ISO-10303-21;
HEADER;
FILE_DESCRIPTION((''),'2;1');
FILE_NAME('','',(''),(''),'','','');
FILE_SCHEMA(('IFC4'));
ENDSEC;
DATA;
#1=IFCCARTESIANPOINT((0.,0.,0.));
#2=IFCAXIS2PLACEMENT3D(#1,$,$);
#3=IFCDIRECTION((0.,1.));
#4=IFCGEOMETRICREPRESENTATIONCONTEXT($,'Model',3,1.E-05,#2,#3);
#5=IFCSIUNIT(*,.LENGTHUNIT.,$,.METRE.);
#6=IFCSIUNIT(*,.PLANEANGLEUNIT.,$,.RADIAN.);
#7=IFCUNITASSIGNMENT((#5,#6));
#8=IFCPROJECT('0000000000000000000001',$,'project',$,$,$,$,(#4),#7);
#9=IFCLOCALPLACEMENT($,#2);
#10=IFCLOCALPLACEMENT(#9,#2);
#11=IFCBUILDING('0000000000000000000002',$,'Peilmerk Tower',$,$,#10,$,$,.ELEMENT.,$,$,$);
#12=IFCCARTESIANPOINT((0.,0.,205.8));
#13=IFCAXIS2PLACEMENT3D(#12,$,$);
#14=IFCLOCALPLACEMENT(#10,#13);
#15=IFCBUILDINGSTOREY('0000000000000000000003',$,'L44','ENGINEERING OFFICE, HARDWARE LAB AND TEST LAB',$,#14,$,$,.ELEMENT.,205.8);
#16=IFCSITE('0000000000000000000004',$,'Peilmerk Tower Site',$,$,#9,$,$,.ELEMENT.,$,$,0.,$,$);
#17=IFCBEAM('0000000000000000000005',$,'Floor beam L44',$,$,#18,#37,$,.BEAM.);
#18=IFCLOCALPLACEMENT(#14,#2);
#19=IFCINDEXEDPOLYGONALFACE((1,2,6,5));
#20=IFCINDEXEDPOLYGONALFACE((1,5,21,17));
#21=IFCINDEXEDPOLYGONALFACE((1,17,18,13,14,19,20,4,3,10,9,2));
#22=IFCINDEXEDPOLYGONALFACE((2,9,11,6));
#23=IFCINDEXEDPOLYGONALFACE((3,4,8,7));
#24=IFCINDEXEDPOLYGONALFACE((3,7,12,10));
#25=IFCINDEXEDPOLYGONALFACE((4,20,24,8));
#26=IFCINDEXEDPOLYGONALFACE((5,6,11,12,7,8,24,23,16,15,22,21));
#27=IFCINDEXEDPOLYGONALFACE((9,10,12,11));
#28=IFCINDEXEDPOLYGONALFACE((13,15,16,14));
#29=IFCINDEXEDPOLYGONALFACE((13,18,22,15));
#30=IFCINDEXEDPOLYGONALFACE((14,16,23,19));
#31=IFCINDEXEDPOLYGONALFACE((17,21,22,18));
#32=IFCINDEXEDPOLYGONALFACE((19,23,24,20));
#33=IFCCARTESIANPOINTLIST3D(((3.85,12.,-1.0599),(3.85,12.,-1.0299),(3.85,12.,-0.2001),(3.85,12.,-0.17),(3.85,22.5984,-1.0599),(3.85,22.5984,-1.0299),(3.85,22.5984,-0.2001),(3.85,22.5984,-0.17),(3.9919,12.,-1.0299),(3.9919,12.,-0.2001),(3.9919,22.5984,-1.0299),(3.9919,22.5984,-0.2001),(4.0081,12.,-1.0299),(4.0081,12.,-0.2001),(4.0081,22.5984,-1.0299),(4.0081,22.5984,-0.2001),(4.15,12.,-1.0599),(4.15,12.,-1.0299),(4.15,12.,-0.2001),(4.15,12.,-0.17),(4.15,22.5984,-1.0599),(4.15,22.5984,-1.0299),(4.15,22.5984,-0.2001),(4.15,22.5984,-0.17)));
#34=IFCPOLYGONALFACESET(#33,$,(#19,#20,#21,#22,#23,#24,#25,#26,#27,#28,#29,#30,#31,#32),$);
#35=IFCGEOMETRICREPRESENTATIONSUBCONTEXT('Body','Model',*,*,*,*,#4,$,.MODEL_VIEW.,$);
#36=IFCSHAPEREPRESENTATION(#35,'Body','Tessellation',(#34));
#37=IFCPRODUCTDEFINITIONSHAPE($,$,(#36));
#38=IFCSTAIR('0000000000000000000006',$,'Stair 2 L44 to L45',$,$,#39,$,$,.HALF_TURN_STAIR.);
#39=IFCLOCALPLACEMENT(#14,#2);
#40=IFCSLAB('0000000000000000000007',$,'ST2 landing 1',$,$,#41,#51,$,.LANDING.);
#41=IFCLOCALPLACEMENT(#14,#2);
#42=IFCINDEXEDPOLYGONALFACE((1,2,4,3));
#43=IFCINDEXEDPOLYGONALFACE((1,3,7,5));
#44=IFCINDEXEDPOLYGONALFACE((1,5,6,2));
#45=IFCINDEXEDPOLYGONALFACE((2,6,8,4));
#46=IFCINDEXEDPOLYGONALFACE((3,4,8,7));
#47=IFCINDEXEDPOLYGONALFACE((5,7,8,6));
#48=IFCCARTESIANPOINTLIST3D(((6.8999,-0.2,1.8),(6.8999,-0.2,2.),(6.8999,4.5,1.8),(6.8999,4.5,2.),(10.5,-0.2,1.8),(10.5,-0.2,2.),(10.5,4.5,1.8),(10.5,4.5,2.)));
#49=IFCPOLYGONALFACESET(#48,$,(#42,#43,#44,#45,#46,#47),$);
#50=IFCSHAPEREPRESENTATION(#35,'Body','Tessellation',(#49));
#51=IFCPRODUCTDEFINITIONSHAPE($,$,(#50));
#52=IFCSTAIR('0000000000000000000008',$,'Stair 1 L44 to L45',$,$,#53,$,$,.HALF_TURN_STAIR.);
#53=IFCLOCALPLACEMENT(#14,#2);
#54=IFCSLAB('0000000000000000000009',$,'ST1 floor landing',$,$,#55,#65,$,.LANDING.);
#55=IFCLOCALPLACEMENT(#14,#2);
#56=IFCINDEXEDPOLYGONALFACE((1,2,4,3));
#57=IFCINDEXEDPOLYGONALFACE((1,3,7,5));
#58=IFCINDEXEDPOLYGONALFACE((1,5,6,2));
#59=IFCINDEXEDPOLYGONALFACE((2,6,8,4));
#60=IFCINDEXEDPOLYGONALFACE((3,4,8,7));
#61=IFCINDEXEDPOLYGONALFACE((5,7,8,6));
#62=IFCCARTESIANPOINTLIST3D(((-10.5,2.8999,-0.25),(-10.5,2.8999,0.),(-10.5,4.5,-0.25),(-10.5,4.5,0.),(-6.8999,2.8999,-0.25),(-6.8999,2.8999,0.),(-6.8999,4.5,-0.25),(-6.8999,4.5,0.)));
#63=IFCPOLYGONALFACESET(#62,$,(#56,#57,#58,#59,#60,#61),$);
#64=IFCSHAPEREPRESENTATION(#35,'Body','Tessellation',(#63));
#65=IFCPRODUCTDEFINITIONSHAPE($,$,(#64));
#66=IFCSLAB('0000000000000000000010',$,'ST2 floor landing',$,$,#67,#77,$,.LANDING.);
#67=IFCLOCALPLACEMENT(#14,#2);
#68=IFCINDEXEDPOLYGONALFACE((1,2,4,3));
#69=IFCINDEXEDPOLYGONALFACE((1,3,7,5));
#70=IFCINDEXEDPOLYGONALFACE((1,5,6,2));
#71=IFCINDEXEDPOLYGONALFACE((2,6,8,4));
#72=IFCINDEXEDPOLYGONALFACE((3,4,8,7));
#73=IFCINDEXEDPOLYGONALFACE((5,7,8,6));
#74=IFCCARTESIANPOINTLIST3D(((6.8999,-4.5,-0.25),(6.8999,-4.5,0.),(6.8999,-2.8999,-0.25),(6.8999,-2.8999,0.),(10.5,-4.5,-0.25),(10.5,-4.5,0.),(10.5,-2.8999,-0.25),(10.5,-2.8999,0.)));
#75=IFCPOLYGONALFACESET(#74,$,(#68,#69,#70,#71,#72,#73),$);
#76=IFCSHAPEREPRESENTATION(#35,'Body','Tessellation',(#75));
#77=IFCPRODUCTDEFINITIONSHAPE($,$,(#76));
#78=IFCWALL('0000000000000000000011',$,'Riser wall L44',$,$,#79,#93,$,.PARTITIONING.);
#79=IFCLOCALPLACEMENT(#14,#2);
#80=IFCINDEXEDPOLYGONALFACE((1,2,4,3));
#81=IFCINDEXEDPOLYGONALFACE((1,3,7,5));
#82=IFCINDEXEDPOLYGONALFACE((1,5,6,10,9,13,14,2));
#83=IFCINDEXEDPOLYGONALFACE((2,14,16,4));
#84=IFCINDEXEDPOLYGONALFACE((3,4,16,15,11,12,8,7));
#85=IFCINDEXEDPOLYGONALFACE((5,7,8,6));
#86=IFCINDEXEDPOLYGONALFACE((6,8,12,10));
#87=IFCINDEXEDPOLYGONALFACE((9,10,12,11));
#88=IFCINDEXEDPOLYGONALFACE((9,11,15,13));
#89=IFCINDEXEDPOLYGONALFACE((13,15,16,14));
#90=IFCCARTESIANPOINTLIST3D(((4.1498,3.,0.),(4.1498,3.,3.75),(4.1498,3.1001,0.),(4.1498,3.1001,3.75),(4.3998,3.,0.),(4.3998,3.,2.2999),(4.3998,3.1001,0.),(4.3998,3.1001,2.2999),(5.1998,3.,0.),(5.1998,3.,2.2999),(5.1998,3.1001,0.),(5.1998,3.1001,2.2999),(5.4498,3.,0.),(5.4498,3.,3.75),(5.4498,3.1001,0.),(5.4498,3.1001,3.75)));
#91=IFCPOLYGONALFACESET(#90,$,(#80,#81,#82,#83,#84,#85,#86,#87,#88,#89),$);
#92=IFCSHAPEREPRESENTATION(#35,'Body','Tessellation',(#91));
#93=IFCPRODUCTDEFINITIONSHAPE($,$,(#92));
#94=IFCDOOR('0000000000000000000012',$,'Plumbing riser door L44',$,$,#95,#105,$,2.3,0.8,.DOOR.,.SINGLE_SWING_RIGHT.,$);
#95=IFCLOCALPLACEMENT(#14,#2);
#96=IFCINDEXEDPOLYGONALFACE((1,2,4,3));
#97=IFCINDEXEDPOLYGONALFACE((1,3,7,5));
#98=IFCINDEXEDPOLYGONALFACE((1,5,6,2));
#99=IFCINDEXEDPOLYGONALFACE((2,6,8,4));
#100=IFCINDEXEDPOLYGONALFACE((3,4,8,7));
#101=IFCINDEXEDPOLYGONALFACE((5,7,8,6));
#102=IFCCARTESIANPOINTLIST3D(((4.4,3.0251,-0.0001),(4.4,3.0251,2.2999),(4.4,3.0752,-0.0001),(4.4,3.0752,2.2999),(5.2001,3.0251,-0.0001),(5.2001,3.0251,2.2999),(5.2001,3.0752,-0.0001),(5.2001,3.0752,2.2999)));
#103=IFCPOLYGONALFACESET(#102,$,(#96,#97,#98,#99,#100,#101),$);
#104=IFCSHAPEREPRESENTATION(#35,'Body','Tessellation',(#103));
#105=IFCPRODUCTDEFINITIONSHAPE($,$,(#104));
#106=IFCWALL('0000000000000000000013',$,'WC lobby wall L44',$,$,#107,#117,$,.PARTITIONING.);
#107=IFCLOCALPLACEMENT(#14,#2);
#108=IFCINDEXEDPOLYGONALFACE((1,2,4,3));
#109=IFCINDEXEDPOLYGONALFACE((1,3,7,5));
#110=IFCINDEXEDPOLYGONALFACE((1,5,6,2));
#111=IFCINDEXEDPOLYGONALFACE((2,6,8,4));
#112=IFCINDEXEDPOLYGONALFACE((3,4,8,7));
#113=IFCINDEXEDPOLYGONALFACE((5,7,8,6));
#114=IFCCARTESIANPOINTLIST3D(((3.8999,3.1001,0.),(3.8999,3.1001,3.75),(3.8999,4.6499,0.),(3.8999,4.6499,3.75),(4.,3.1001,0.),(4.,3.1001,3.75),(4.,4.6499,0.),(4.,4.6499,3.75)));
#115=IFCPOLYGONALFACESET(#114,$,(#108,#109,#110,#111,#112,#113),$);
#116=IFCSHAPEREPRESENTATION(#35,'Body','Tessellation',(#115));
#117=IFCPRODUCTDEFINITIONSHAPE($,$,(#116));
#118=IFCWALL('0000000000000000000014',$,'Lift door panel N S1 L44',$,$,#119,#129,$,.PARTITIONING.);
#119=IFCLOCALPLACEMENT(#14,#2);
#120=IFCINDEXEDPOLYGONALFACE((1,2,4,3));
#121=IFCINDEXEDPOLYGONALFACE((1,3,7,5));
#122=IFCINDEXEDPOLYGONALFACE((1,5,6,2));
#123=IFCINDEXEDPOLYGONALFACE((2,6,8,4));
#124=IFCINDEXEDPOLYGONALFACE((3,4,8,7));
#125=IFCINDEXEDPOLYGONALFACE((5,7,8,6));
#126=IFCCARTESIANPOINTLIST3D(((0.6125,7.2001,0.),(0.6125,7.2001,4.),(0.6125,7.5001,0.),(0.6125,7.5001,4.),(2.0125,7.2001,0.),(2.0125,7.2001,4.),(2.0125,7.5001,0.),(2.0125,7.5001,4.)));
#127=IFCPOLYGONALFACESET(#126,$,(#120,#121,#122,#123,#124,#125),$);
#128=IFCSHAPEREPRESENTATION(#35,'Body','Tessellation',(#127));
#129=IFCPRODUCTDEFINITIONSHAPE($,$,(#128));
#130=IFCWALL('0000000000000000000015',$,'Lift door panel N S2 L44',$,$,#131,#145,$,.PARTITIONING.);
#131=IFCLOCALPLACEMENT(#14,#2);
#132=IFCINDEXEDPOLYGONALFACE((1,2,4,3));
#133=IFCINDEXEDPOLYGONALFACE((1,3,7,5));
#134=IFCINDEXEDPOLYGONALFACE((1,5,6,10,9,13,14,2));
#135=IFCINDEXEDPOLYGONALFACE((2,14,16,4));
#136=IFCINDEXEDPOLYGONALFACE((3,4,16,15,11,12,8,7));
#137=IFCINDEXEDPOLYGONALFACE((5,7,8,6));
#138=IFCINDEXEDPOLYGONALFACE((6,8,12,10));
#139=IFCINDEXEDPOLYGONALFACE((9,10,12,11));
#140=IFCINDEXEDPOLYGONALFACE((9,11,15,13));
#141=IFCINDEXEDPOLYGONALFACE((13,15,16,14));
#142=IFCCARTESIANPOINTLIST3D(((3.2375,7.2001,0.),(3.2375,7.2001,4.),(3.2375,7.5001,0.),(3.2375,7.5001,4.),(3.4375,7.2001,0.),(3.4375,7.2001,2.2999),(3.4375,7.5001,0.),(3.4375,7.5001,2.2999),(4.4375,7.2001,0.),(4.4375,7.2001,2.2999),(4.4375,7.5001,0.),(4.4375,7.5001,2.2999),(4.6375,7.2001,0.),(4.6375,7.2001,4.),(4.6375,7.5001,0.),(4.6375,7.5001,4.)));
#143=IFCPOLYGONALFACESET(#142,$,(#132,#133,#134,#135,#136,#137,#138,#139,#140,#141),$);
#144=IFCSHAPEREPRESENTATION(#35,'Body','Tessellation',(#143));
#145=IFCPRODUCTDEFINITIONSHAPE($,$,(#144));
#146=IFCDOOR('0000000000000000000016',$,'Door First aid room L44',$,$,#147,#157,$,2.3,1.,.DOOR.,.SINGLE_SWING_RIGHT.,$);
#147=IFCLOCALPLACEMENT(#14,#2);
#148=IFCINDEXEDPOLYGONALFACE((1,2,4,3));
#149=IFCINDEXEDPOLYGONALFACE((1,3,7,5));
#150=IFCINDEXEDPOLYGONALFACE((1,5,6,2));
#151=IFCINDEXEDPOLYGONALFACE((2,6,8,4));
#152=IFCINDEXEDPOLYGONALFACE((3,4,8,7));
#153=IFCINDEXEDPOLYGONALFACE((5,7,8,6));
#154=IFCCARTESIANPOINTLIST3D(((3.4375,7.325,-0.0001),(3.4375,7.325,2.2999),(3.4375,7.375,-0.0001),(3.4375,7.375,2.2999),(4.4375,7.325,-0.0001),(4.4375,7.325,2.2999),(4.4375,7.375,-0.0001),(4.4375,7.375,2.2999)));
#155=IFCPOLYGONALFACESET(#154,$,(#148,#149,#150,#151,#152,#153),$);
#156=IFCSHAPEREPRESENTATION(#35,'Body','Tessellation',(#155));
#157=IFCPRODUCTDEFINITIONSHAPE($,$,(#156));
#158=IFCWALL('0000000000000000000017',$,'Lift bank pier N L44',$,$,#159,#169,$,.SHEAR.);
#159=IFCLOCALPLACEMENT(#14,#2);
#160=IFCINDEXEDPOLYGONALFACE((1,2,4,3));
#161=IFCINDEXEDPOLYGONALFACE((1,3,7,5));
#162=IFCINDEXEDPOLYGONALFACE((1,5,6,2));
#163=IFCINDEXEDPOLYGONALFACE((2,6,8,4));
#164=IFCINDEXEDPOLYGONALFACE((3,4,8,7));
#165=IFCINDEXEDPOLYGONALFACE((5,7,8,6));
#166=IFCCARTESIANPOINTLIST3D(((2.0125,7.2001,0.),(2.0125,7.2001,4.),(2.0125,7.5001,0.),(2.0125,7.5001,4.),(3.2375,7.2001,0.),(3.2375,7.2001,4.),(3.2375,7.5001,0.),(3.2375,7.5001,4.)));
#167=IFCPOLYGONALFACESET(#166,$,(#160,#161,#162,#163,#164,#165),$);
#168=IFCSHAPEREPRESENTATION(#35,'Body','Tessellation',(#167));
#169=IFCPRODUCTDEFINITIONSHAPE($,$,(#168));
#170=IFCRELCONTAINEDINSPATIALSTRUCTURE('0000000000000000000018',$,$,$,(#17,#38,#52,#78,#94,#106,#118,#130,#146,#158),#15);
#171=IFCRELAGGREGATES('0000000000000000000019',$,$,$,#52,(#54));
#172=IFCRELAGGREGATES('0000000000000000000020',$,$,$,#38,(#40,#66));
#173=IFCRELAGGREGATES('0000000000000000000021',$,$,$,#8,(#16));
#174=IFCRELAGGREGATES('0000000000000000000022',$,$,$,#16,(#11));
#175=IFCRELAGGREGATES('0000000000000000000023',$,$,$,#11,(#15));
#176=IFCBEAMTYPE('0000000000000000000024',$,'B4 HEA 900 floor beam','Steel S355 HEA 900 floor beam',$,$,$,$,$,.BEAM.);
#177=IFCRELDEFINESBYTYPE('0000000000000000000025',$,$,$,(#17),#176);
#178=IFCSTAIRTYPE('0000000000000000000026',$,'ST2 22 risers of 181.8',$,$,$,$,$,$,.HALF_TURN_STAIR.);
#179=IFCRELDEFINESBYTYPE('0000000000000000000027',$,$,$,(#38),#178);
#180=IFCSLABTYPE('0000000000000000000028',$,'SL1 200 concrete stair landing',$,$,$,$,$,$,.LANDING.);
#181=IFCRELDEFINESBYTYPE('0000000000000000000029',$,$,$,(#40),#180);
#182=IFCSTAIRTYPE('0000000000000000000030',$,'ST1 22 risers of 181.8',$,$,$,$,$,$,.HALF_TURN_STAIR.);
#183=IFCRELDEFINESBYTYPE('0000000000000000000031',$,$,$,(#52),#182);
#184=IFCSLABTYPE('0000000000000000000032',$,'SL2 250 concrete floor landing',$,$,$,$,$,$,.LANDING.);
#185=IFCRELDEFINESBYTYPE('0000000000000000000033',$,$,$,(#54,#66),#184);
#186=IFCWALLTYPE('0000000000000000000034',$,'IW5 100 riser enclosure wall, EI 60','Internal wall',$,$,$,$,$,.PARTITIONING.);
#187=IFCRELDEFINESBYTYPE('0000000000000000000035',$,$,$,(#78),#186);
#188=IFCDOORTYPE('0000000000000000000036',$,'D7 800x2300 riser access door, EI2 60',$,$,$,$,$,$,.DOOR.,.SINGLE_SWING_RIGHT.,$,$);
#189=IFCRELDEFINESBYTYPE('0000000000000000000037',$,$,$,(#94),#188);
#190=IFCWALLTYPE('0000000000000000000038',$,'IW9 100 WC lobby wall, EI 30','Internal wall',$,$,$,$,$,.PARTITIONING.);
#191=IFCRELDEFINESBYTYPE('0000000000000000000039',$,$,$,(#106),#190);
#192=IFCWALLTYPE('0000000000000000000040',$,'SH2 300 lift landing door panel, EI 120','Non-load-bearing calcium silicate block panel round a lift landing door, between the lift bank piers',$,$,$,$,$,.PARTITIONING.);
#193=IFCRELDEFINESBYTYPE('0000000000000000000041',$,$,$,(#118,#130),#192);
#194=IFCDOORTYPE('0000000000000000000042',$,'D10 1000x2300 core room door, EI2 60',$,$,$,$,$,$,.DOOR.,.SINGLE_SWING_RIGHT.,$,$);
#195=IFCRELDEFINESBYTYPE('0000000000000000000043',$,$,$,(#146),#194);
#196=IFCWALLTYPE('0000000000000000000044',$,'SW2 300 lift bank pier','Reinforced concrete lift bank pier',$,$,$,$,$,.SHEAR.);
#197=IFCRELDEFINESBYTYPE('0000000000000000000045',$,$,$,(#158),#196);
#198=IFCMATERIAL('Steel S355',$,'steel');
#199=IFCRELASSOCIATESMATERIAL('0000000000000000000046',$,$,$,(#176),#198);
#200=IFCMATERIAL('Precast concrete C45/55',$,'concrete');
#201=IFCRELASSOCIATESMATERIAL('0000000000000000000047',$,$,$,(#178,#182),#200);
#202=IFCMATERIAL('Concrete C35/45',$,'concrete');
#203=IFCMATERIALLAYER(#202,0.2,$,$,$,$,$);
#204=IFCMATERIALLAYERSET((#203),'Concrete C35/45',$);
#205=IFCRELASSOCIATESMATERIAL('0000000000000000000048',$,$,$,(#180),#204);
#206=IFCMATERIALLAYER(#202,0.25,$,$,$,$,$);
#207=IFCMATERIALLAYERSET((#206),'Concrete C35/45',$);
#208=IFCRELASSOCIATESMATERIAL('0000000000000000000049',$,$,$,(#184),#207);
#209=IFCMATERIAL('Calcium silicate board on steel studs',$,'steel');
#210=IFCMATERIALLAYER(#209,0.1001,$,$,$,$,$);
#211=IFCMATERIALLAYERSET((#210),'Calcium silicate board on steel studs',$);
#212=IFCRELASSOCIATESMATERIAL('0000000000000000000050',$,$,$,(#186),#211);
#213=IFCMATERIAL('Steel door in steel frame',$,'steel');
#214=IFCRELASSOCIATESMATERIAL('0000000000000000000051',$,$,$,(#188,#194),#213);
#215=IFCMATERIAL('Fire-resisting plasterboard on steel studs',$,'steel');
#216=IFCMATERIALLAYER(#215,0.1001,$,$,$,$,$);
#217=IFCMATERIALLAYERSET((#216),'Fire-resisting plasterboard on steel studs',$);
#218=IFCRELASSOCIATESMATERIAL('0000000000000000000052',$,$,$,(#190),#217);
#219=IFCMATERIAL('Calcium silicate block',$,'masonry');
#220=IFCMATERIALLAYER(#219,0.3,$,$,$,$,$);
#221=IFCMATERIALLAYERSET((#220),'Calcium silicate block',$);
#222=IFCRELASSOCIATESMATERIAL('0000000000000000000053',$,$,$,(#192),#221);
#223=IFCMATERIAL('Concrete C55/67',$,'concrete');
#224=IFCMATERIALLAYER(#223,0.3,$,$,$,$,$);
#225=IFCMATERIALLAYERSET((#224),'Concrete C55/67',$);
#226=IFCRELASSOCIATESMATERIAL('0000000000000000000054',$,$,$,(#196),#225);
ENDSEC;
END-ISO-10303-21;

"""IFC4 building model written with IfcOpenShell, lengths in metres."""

from ifc_helpers import new_model, si_unit, direction, frame, frame_2d, origin, origin_2d, place, context, subcontext, project, spatial, polyline, rectangle, i_section, outline, extrude, material, layer, layer_set, material_profile, profile_set, type_object, element, fill, aggregate, save


model = new_model("IFC4")

# Units and contexts
model_context = context("Model", 3, precision=1e-05, world=origin(), true_north=direction((0.0, 1.0)))
body_context = subcontext(model_context, "Body", "Model", "MODEL_VIEW")
ifc_project = project(units=[si_unit("LENGTHUNIT", "METRE"), si_unit("PLANEANGLEUNIT", "RADIAN")], contexts=[model_context])

# Site, building, storey
site_placement = place(None, origin())
site = spatial("IfcSite", under=ifc_project, at=site_placement, Name="Peilmerk Tower Site", CompositionType="ELEMENT", RefElevation=0.0)
building_placement = place(site_placement, origin())
building = spatial("IfcBuilding", under=site, at=building_placement, Name="Peilmerk Tower", CompositionType="ELEMENT")
storey_placement = place(building_placement, frame((0.0, 0.0, 205.8)))
storey = spatial("IfcBuildingStorey", under=building, at=storey_placement, Name="L44", Description="ENGINEERING OFFICE, HARDWARE LAB AND TEST LAB", CompositionType="ELEMENT", Elevation=205.8)

# Beam
ifc_material_1 = material(Name="Steel S355", Category="steel")
ifc_material_profile = material_profile(ifc_material_1, i_section(OverallWidth=0.3, OverallDepth=0.8899, WebThickness=0.0161, FlangeThickness=0.03, at=origin_2d()), Name="HEA 900")
ifc_profile_set = profile_set([ifc_material_profile], Name="Steel S355")
beam_type = type_object("IfcBeamType", Name="B4 HEA 900 floor beam", Description="Steel S355 HEA 900 floor beam", PredefinedType="BEAM", material=ifc_profile_set)
beam_placement = place(storey_placement, frame((4.0, 12.0, -0.615), z_axis=(0.0, 1.0, 0.0), x_axis=(-1.0, 0.0, 0.0)))
element("IfcBeam", 1, at=beam_placement, inside=storey, type_object=beam_type, Name="Floor beam L44", PredefinedType="BEAM", context=body_context, shape_type="SweptSolid", body=[
    extrude(i_section(OverallWidth=0.3, OverallDepth=0.8899, WebThickness=0.0161, FlangeThickness=0.03, at=origin_2d()), origin(), (0.0, 0.0, 1.0), 10.5984),
])

# Stairs, slabs
ifc_material_2 = material(Name="Precast concrete C45/55", Category="concrete")
stair_type_1 = type_object("IfcStairType", Name="ST2 22 risers of 181.8", PredefinedType="HALF_TURN_STAIR", material=ifc_material_2)
stair_1_placement = place(storey_placement, origin())
stair_1 = element("IfcStair", 2, at=stair_1_placement, inside=storey, type_object=stair_type_1, Name="Stair 2 L44 to L45", PredefinedType="HALF_TURN_STAIR")
ifc_material_3 = material(Name="Concrete C35/45", Category="concrete")
ifc_layer_1 = layer(ifc_material_3, 0.2)
ifc_layer_set_1 = layer_set([ifc_layer_1], Name="Concrete C35/45")
slab_type_1 = type_object("IfcSlabType", Name="SL1 200 concrete stair landing", PredefinedType="LANDING", material=ifc_layer_set_1)
slab_1_placement = place(storey_placement, frame((0.0, 0.0, 1.8)))
slab_1 = element("IfcSlab", 3, at=slab_1_placement, type_object=slab_type_1, Name="ST2 landing 1", PredefinedType="LANDING", context=body_context, shape_type="SweptSolid", body=[
    extrude(outline(polyline([(6.8999, -0.2), (10.5, -0.2), (10.5, 4.5), (6.8999, 4.5), (6.8999, -0.2)])), origin(), (0.0, 0.0, 1.0), 0.2),
])
stair_type_2 = type_object("IfcStairType", Name="ST1 22 risers of 181.8", PredefinedType="HALF_TURN_STAIR", material=ifc_material_2)
stair_2_placement = place(storey_placement, origin())
stair_2 = element("IfcStair", 4, at=stair_2_placement, inside=storey, type_object=stair_type_2, Name="Stair 1 L44 to L45", PredefinedType="HALF_TURN_STAIR")
ifc_layer_2 = layer(ifc_material_3, 0.25)
ifc_layer_set_2 = layer_set([ifc_layer_2], Name="Concrete C35/45")
slab_type_2 = type_object("IfcSlabType", Name="SL2 250 concrete floor landing", PredefinedType="LANDING", material=ifc_layer_set_2)
slab_2_placement = place(storey_placement, frame((0.0, 0.0, -0.25)))
slab_2 = element("IfcSlab", 5, at=slab_2_placement, type_object=slab_type_2, Name="ST1 floor landing", PredefinedType="LANDING", context=body_context, shape_type="SweptSolid", body=[
    extrude(outline(polyline([(-10.5, 2.8999), (-6.8999, 2.8999), (-6.8999, 4.5), (-10.5, 4.5), (-10.5, 2.8999)])), origin(), (0.0, 0.0, 1.0), 0.25),
])
aggregate(stair_2, [slab_2])

# Slab
slab_3_placement = place(storey_placement, frame((0.0, 0.0, -0.25)))
slab_3 = element("IfcSlab", 6, at=slab_3_placement, type_object=slab_type_2, Name="ST2 floor landing", PredefinedType="LANDING", context=body_context, shape_type="SweptSolid", body=[
    extrude(outline(polyline([(6.8999, -4.5), (10.5, -4.5), (10.5, -2.8999), (6.8999, -2.8999), (6.8999, -4.5)])), origin(), (0.0, 0.0, 1.0), 0.25),
])
aggregate(stair_1, [slab_1, slab_3])

# Wall, opening, door
ifc_material_4 = material(Name="Calcium silicate board on steel studs", Category="steel")
ifc_layer_3 = layer(ifc_material_4, 0.1001)
ifc_layer_set_3 = layer_set([ifc_layer_3], Name="Calcium silicate board on steel studs")
wall_type_1 = type_object("IfcWallType", Name="IW5 100 riser enclosure wall, EI 60", Description="Internal wall", PredefinedType="PARTITIONING", material=ifc_layer_set_3)
wall_1_placement = place(storey_placement, frame((4.1499, 3.05, 0.0), z_axis=(0.0, 0.0, 1.0), x_axis=(1.0, 0.0, 0.0)))
wall_1 = element("IfcWall", 7, at=wall_1_placement, inside=storey, type_object=wall_type_1, Name="Riser wall L44", PredefinedType="PARTITIONING", context=body_context, shape_type="SweptSolid", body=[
    extrude(rectangle(XDim=1.3, YDim=0.1001, at=frame_2d((0.6499, 0.0))), origin(), (0.0, 0.0, 1.0), 3.75),
])
opening_1_placement = place(wall_1_placement, frame((0.25, 0.0, 0.0)))
opening_1 = element("IfcOpeningElement", 8, at=opening_1_placement, cuts=wall_1, PredefinedType="OPENING", context=body_context, shape_type="SweptSolid", body=[
    extrude(rectangle(XDim=0.8, YDim=2.3, at=frame_2d((0.3999, 1.1499))), frame((0.0, 0.0601, 0.0), z_axis=(0.0, -1.0, 0.0), x_axis=(1.0, 0.0, 0.0)), (0.0, 0.0, 1.0), 0.1201),
])
ifc_material_5 = material(Name="Steel door in steel frame", Category="steel")
door_type_1 = type_object("IfcDoorType", Name="D7 800x2300 riser access door, EI2 60", OperationType="SINGLE_SWING_RIGHT", PredefinedType="DOOR", material=ifc_material_5)
door_1_placement = place(opening_1_placement, frame((0.8, 0.0, 0.0), z_axis=(0.0, 0.0, 1.0), x_axis=(-1.0, 0.0, 0.0)))
door_1 = element("IfcDoor", 9, at=door_1_placement, inside=storey, type_object=door_type_1, Name="Plumbing riser door L44", OperationType="SINGLE_SWING_RIGHT", OverallHeight=2.3, OverallWidth=0.8, PredefinedType="DOOR", context=body_context, shape_type="SweptSolid", body=[
    extrude(rectangle(XDim=0.8, YDim=2.3, at=frame_2d((0.3999, 1.1499))), frame((0.0, 0.0249, 0.0), z_axis=(0.0, -1.0, 0.0), x_axis=(1.0, 0.0, 0.0)), (0.0, 0.0, 1.0), 0.05),
])
fill(opening_1, door_1)

# Walls
ifc_material_6 = material(Name="Fire-resisting plasterboard on steel studs", Category="steel")
ifc_layer_4 = layer(ifc_material_6, 0.1001)
ifc_layer_set_4 = layer_set([ifc_layer_4], Name="Fire-resisting plasterboard on steel studs")
wall_type_2 = type_object("IfcWallType", Name="IW9 100 WC lobby wall, EI 30", Description="Internal wall", PredefinedType="PARTITIONING", material=ifc_layer_set_4)
wall_2_placement = place(storey_placement, frame((3.95, 3.1001, 0.0), z_axis=(0.0, 0.0, 1.0), x_axis=(0.0, 1.0, 0.0)))
element("IfcWall", 10, at=wall_2_placement, inside=storey, type_object=wall_type_2, Name="WC lobby wall L44", PredefinedType="PARTITIONING", context=body_context, shape_type="SweptSolid", body=[
    extrude(rectangle(XDim=1.5498, YDim=0.1001, at=frame_2d((0.7749, 0.0))), origin(), (0.0, 0.0, 1.0), 3.75),
])
ifc_material_7 = material(Name="Calcium silicate block", Category="masonry")
ifc_layer_5 = layer(ifc_material_7, 0.3)
ifc_layer_set_5 = layer_set([ifc_layer_5], Name="Calcium silicate block")
wall_type_3 = type_object("IfcWallType", Name="SH2 300 lift landing door panel, EI 120", Description="Non-load-bearing calcium silicate block panel round a lift landing door, between the lift bank piers", PredefinedType="PARTITIONING", material=ifc_layer_set_5)
wall_3_placement = place(storey_placement, frame((0.6125, 7.3501, 0.0), z_axis=(0.0, 0.0, 1.0), x_axis=(1.0, 0.0, 0.0)))
element("IfcWall", 11, at=wall_3_placement, inside=storey, type_object=wall_type_3, Name="Lift door panel N S1 L44", PredefinedType="PARTITIONING", context=body_context, shape_type="SweptSolid", body=[
    extrude(rectangle(XDim=1.3999, YDim=0.3, at=frame_2d((0.7, 0.0))), origin(), (0.0, 0.0, 1.0), 4.0),
])

# Wall, opening, door
wall_4_placement = place(storey_placement, frame((3.2375, 7.3501, 0.0), z_axis=(0.0, 0.0, 1.0), x_axis=(1.0, 0.0, 0.0)))
wall_4 = element("IfcWall", 12, at=wall_4_placement, inside=storey, type_object=wall_type_3, Name="Lift door panel N S2 L44", PredefinedType="PARTITIONING", context=body_context, shape_type="SweptSolid", body=[
    extrude(rectangle(XDim=1.3999, YDim=0.3, at=frame_2d((0.7, 0.0))), origin(), (0.0, 0.0, 1.0), 4.0),
])
opening_2_placement = place(wall_4_placement, frame((0.2, 0.0, 0.0)))
opening_2 = element("IfcOpeningElement", 13, at=opening_2_placement, cuts=wall_4, PredefinedType="OPENING", context=body_context, shape_type="SweptSolid", body=[
    extrude(rectangle(XDim=1.0, YDim=2.3, at=frame_2d((0.5, 1.1499))), frame((0.0, 0.1599, 0.0), z_axis=(0.0, -1.0, 0.0), x_axis=(1.0, 0.0, 0.0)), (0.0, 0.0, 1.0), 0.3201),
])
door_type_2 = type_object("IfcDoorType", Name="D10 1000x2300 core room door, EI2 60", OperationType="SINGLE_SWING_RIGHT", PredefinedType="DOOR", material=ifc_material_5)
door_2_placement = place(opening_2_placement, origin())
door_2 = element("IfcDoor", 14, at=door_2_placement, inside=storey, type_object=door_type_2, Name="Door First aid room L44", OperationType="SINGLE_SWING_RIGHT", OverallHeight=2.3, OverallWidth=1.0, PredefinedType="DOOR", context=body_context, shape_type="SweptSolid", body=[
    extrude(rectangle(XDim=1.0, YDim=2.3, at=frame_2d((0.5, 1.1499))), frame((0.0, 0.0249, 0.0), z_axis=(0.0, -1.0, 0.0), x_axis=(1.0, 0.0, 0.0)), (0.0, 0.0, 1.0), 0.05),
])
fill(opening_2, door_2)

# Wall
ifc_material_8 = material(Name="Concrete C55/67", Category="concrete")
ifc_layer_6 = layer(ifc_material_8, 0.3)
ifc_layer_set_6 = layer_set([ifc_layer_6], Name="Concrete C55/67")
wall_type_4 = type_object("IfcWallType", Name="SW2 300 lift bank pier", Description="Reinforced concrete lift bank pier", PredefinedType="SHEAR", material=ifc_layer_set_6)
wall_5_placement = place(storey_placement, frame((2.0125, 7.3501, 0.0), z_axis=(0.0, 0.0, 1.0), x_axis=(1.0, 0.0, 0.0)))
element("IfcWall", 15, at=wall_5_placement, inside=storey, type_object=wall_type_4, Name="Lift bank pier N L44", PredefinedType="SHEAR", context=body_context, shape_type="SweptSolid", body=[
    extrude(rectangle(XDim=1.2251, YDim=0.3, at=frame_2d((0.6125, 0.0))), origin(), (0.0, 0.0, 1.0), 4.0),
])

save(model, "model.ifc")
